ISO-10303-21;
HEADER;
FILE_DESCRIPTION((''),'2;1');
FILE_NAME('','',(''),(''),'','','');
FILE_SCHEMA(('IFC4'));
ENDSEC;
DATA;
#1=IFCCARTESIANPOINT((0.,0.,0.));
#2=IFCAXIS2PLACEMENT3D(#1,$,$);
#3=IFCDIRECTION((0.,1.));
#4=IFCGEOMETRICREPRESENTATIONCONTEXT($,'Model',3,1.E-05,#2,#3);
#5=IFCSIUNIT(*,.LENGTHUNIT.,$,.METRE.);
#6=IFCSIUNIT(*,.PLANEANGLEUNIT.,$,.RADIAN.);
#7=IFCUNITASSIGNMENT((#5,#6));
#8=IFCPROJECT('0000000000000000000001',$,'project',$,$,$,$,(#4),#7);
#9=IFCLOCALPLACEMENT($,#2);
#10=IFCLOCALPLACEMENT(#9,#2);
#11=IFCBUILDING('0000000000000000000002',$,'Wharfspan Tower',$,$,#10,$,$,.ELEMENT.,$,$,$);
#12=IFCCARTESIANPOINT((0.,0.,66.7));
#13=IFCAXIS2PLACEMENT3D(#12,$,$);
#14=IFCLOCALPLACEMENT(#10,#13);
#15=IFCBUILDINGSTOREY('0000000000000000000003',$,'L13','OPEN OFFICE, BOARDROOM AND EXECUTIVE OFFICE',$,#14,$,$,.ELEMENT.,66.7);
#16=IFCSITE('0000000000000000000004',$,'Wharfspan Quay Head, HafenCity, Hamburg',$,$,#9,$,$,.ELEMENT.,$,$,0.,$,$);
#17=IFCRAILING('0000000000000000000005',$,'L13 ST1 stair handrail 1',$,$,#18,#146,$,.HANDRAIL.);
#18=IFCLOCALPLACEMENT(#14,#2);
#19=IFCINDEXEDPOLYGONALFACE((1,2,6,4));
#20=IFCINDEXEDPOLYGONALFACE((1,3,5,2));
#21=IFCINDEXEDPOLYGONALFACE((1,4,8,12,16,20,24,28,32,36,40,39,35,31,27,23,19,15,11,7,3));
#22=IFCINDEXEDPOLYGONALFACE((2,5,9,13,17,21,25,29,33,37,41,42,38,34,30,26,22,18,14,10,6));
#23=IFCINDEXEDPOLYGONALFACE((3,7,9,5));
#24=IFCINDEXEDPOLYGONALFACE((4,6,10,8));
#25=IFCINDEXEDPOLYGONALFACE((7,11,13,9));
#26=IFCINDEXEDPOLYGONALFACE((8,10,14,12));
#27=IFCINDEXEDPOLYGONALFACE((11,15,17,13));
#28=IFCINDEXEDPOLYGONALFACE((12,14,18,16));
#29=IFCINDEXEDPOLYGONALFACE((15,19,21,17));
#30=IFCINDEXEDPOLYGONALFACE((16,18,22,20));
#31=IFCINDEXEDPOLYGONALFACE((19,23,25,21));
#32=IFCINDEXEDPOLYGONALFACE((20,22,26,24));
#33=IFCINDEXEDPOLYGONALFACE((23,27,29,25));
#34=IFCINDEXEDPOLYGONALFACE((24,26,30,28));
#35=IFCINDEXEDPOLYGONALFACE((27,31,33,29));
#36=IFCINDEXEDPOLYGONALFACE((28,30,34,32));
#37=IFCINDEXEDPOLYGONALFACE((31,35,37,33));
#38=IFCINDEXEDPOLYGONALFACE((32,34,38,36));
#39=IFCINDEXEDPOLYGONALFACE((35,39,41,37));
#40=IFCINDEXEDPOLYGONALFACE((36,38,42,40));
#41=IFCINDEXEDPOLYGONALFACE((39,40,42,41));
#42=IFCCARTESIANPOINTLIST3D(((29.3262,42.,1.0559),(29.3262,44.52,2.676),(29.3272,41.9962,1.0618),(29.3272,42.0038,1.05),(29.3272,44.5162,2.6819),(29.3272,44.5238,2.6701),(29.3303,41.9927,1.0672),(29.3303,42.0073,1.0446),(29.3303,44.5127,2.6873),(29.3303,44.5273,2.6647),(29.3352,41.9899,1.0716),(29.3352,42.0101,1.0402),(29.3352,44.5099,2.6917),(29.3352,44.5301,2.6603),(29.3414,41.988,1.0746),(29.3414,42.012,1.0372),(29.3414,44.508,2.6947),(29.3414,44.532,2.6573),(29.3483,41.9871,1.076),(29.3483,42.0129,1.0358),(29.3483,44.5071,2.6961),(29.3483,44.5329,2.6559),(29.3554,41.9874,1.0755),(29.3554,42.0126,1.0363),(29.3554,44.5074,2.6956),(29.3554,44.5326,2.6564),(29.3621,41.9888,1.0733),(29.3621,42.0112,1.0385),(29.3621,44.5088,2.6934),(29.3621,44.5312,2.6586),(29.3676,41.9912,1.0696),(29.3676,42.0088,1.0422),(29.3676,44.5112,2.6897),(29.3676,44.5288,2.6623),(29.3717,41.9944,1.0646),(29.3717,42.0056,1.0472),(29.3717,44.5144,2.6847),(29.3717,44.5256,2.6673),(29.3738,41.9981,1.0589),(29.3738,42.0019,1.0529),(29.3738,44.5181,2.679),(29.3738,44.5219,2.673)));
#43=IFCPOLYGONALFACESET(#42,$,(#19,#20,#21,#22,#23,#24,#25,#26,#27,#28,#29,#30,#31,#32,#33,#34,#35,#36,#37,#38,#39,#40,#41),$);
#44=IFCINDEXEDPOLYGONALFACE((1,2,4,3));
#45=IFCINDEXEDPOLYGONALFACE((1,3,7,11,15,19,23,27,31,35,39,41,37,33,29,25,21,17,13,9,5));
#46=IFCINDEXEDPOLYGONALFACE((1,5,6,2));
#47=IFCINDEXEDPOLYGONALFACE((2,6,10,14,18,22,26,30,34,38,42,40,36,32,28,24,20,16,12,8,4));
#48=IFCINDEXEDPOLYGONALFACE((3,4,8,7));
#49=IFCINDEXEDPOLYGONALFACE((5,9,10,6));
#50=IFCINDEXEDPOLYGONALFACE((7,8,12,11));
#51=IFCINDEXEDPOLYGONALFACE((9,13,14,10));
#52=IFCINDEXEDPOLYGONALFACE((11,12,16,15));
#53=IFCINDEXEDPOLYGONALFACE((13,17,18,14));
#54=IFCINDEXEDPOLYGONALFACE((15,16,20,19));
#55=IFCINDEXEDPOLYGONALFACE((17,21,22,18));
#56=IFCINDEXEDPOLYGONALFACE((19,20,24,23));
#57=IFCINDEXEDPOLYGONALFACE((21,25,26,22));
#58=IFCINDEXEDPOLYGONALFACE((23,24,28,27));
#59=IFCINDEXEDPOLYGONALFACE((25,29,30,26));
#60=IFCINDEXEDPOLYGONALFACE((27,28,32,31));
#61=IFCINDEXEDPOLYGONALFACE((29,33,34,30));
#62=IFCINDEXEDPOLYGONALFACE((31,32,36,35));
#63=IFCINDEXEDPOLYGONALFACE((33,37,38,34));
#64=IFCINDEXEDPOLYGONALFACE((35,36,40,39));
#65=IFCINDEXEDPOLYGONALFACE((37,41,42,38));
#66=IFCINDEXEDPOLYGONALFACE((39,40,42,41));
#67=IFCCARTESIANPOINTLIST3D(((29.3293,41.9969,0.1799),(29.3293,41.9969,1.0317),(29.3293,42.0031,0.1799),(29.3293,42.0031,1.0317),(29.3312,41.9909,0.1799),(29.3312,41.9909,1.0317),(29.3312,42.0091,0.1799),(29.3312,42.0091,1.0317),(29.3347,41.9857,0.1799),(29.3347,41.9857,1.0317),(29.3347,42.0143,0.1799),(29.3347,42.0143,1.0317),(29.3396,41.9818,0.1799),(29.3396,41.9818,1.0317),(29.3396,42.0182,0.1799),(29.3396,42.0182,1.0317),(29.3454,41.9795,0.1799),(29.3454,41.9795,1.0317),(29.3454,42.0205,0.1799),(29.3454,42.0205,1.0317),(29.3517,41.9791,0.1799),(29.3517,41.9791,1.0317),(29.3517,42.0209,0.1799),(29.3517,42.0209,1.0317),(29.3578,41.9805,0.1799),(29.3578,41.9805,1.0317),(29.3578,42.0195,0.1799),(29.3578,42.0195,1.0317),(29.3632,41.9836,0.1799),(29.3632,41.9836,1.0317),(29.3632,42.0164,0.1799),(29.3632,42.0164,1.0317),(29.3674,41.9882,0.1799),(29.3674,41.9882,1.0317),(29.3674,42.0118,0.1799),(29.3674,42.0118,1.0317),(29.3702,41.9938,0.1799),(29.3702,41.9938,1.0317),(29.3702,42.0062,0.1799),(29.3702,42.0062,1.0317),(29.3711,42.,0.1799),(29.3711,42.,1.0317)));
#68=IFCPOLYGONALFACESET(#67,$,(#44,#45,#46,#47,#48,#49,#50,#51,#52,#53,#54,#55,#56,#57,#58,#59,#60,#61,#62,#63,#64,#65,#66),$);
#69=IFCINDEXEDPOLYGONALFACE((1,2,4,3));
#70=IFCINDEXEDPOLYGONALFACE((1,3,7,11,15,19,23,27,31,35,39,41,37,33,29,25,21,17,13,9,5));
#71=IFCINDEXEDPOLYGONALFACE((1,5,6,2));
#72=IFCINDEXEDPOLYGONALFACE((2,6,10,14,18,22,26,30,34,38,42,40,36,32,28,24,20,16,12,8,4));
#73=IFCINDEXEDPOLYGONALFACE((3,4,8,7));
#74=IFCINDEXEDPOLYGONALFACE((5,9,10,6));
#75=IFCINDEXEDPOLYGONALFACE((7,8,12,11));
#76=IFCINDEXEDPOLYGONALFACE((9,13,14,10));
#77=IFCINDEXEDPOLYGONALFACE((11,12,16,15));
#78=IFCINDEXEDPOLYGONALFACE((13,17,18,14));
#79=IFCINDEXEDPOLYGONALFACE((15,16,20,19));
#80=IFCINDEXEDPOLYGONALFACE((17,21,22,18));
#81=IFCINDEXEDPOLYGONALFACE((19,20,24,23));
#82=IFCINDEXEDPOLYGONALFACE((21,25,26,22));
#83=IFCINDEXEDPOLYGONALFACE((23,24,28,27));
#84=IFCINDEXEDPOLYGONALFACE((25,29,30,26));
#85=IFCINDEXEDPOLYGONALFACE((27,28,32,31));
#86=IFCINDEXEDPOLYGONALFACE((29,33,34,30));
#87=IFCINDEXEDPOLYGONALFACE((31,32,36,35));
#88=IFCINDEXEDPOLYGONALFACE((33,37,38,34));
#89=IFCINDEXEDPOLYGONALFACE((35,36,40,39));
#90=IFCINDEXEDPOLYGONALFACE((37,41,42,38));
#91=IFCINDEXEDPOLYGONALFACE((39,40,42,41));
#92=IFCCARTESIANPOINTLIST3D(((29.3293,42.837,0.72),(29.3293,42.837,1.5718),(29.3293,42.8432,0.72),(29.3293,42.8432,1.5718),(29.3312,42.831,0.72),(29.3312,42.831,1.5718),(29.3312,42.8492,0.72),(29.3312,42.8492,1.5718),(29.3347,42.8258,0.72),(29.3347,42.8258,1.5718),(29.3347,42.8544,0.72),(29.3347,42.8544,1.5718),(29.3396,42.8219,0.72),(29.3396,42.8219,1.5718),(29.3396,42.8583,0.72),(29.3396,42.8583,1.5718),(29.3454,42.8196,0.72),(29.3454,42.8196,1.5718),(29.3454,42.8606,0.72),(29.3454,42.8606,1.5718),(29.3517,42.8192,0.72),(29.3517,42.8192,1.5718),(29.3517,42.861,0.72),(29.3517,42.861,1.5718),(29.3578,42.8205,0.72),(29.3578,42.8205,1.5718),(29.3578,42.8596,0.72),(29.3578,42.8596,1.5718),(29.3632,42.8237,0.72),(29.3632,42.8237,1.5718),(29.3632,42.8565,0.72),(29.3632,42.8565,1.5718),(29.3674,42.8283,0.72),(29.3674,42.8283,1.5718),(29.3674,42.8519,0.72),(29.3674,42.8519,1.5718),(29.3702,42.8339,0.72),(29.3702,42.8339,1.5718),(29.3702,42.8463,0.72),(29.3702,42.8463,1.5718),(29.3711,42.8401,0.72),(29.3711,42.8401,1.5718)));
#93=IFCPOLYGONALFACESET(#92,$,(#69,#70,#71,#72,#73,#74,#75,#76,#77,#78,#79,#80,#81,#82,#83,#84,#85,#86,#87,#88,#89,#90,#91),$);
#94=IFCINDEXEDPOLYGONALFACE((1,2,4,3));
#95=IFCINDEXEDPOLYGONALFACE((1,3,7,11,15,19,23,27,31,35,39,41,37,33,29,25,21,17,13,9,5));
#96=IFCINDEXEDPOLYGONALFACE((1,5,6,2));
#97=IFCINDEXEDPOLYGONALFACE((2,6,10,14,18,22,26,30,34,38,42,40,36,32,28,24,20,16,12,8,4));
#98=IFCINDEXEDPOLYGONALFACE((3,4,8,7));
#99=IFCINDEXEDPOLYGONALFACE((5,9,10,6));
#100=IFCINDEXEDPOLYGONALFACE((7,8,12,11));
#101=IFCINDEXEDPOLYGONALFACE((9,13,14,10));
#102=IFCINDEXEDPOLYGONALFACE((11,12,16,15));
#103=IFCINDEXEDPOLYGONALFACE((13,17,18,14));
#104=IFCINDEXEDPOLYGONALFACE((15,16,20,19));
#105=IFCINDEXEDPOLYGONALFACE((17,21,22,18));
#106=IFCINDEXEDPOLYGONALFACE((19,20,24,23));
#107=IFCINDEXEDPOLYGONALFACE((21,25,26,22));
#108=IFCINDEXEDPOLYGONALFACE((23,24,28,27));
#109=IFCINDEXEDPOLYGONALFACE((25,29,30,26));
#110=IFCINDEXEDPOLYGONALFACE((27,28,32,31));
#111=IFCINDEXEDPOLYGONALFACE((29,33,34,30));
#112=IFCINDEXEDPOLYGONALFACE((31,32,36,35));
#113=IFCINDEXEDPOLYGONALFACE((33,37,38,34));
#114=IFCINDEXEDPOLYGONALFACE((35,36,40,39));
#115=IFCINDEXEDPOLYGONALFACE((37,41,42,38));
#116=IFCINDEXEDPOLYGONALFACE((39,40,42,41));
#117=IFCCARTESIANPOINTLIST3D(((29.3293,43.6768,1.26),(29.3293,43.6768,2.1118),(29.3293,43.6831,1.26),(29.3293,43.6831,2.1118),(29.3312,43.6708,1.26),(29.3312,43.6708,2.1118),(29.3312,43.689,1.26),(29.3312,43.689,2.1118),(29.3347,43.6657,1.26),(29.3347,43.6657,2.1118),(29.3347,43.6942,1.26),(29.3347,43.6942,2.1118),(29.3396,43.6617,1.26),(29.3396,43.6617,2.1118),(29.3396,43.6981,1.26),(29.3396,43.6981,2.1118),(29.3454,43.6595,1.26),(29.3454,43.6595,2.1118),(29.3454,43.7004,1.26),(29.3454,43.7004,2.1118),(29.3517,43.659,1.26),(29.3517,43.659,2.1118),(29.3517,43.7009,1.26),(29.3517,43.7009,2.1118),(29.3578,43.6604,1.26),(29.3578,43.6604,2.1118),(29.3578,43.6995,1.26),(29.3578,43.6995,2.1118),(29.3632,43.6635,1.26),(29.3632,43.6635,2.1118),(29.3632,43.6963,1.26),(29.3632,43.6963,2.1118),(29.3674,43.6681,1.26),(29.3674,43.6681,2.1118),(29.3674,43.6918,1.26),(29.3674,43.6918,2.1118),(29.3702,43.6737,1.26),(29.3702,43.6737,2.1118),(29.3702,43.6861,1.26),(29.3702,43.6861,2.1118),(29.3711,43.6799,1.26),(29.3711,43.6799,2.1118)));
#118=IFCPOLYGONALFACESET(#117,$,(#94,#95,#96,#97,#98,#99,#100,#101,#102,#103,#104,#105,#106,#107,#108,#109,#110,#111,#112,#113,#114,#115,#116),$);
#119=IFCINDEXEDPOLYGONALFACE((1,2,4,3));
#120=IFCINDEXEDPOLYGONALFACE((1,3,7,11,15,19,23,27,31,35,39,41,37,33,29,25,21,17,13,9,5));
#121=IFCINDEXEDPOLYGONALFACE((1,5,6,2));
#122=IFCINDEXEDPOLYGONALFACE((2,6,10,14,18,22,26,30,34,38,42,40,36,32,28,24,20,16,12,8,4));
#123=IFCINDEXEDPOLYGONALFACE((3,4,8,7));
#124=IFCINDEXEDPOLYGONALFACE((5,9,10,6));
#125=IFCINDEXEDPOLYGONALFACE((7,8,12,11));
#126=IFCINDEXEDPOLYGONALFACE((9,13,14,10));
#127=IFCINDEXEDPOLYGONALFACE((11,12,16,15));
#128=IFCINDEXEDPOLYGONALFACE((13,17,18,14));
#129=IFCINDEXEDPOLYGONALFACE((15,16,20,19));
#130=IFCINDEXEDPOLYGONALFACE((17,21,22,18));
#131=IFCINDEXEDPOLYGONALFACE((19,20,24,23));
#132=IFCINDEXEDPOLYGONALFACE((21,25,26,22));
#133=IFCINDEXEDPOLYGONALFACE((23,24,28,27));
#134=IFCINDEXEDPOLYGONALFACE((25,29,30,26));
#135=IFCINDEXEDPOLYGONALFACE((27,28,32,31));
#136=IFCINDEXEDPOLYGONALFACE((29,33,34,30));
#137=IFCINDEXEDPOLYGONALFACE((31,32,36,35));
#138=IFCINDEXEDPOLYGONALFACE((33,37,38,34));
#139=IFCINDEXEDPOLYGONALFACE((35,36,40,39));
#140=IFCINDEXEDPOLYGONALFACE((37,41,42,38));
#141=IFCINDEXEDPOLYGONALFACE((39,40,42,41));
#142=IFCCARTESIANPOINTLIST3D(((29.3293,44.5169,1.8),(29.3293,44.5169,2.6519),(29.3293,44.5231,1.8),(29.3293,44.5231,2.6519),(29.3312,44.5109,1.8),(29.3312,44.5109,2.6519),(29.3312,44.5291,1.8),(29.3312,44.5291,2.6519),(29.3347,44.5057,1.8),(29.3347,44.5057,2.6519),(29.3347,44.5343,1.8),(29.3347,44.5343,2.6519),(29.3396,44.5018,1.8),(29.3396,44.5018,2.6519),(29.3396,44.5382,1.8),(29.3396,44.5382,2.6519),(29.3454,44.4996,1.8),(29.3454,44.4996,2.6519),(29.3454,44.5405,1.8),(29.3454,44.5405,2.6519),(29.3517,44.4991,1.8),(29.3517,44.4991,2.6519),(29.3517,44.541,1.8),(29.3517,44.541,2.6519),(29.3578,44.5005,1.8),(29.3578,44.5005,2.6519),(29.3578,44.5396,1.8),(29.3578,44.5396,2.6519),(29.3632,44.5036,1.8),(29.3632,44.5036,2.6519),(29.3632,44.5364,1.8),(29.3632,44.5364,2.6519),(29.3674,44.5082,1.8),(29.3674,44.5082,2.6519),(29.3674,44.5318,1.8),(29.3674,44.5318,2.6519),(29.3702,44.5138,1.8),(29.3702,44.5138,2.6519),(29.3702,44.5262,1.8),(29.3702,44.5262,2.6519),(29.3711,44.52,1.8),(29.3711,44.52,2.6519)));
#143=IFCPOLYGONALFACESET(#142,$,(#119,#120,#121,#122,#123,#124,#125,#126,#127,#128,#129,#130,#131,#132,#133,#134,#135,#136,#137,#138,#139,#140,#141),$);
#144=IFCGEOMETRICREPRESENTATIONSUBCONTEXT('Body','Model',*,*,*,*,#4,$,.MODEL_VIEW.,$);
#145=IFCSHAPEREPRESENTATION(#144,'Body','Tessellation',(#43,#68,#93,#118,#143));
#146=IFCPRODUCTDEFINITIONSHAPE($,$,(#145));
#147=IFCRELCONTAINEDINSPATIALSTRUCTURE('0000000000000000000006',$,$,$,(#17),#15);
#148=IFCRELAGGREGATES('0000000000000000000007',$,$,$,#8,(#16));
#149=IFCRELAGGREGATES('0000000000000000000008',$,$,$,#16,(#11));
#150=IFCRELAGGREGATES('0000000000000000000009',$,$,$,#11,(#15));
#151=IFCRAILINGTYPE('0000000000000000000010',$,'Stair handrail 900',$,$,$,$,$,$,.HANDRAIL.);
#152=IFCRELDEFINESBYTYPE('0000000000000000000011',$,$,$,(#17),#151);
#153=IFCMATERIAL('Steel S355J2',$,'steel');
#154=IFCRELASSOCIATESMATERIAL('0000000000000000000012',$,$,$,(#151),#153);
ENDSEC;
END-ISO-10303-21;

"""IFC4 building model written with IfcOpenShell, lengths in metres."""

from ifc_helpers import new_model, si_unit, direction, frame, origin, origin_2d, place, context, subcontext, project, spatial, circle, extrude, material, type_object, element, save


model = new_model("IFC4")

# Units and contexts
model_context = context("Model", 3, precision=1e-05, world=origin(), true_north=direction((0.0, 1.0)))
body_context = subcontext(model_context, "Body", "Model", "MODEL_VIEW")
ifc_project = project(units=[si_unit("LENGTHUNIT", "METRE"), si_unit("PLANEANGLEUNIT", "RADIAN")], contexts=[model_context])

# Site, building, storey
site_placement = place(None, origin())
site = spatial("IfcSite", under=ifc_project, at=site_placement, Name="Wharfspan Quay Head, HafenCity, Hamburg", CompositionType="ELEMENT", RefElevation=0.0)
building_placement = place(site_placement, origin())
building = spatial("IfcBuilding", under=site, at=building_placement, Name="Wharfspan Tower", CompositionType="ELEMENT")
storey_placement = place(building_placement, frame((0.0, 0.0, 66.7)))
storey = spatial("IfcBuildingStorey", under=building, at=storey_placement, Name="L13", Description="OPEN OFFICE, BOARDROOM AND EXECUTIVE OFFICE", CompositionType="ELEMENT", Elevation=66.7)

# Shared definitions
ifc_material_1 = material(Name="Steel S355J2", Category="steel")

# Railing
railing_type_1 = type_object("IfcRailingType", Name="Stair handrail 900", PredefinedType="HANDRAIL", material=ifc_material_1)
railing_1_placement = place(storey_placement, frame((29.3501, 42.0, 0.1799)))
element("IfcRailing", 1, at=railing_1_placement, inside=storey, type_object=railing_type_1, Name="L13 ST1 stair handrail 1", PredefinedType="HANDRAIL", context=body_context, shape_type="SweptSolid", body=[
    extrude(circle(Radius=0.0239, at=origin_2d()), frame((0.0, 0.0, 0.876), z_axis=(0.0, 0.841163, 0.540782), x_axis=(-1.0, 0.0, 0.0)), (0.0, 0.0, 1.0), 2.9958),
    extrude(circle(Radius=0.021, at=origin_2d()), origin(), (0.0, 0.0, 1.0), 0.8518),
    extrude(circle(Radius=0.021, at=origin_2d()), frame((0.0, 0.8401, 0.54)), (0.0, 0.0, 1.0), 0.8518),
    extrude(circle(Radius=0.021, at=origin_2d()), frame((0.0, 1.6799, 1.0801)), (0.0, 0.0, 1.0), 0.8518),
    extrude(circle(Radius=0.021, at=origin_2d()), frame((0.0, 2.52, 1.6201)), (0.0, 0.0, 1.0), 0.8518),
])

save(model, "model.ifc")
